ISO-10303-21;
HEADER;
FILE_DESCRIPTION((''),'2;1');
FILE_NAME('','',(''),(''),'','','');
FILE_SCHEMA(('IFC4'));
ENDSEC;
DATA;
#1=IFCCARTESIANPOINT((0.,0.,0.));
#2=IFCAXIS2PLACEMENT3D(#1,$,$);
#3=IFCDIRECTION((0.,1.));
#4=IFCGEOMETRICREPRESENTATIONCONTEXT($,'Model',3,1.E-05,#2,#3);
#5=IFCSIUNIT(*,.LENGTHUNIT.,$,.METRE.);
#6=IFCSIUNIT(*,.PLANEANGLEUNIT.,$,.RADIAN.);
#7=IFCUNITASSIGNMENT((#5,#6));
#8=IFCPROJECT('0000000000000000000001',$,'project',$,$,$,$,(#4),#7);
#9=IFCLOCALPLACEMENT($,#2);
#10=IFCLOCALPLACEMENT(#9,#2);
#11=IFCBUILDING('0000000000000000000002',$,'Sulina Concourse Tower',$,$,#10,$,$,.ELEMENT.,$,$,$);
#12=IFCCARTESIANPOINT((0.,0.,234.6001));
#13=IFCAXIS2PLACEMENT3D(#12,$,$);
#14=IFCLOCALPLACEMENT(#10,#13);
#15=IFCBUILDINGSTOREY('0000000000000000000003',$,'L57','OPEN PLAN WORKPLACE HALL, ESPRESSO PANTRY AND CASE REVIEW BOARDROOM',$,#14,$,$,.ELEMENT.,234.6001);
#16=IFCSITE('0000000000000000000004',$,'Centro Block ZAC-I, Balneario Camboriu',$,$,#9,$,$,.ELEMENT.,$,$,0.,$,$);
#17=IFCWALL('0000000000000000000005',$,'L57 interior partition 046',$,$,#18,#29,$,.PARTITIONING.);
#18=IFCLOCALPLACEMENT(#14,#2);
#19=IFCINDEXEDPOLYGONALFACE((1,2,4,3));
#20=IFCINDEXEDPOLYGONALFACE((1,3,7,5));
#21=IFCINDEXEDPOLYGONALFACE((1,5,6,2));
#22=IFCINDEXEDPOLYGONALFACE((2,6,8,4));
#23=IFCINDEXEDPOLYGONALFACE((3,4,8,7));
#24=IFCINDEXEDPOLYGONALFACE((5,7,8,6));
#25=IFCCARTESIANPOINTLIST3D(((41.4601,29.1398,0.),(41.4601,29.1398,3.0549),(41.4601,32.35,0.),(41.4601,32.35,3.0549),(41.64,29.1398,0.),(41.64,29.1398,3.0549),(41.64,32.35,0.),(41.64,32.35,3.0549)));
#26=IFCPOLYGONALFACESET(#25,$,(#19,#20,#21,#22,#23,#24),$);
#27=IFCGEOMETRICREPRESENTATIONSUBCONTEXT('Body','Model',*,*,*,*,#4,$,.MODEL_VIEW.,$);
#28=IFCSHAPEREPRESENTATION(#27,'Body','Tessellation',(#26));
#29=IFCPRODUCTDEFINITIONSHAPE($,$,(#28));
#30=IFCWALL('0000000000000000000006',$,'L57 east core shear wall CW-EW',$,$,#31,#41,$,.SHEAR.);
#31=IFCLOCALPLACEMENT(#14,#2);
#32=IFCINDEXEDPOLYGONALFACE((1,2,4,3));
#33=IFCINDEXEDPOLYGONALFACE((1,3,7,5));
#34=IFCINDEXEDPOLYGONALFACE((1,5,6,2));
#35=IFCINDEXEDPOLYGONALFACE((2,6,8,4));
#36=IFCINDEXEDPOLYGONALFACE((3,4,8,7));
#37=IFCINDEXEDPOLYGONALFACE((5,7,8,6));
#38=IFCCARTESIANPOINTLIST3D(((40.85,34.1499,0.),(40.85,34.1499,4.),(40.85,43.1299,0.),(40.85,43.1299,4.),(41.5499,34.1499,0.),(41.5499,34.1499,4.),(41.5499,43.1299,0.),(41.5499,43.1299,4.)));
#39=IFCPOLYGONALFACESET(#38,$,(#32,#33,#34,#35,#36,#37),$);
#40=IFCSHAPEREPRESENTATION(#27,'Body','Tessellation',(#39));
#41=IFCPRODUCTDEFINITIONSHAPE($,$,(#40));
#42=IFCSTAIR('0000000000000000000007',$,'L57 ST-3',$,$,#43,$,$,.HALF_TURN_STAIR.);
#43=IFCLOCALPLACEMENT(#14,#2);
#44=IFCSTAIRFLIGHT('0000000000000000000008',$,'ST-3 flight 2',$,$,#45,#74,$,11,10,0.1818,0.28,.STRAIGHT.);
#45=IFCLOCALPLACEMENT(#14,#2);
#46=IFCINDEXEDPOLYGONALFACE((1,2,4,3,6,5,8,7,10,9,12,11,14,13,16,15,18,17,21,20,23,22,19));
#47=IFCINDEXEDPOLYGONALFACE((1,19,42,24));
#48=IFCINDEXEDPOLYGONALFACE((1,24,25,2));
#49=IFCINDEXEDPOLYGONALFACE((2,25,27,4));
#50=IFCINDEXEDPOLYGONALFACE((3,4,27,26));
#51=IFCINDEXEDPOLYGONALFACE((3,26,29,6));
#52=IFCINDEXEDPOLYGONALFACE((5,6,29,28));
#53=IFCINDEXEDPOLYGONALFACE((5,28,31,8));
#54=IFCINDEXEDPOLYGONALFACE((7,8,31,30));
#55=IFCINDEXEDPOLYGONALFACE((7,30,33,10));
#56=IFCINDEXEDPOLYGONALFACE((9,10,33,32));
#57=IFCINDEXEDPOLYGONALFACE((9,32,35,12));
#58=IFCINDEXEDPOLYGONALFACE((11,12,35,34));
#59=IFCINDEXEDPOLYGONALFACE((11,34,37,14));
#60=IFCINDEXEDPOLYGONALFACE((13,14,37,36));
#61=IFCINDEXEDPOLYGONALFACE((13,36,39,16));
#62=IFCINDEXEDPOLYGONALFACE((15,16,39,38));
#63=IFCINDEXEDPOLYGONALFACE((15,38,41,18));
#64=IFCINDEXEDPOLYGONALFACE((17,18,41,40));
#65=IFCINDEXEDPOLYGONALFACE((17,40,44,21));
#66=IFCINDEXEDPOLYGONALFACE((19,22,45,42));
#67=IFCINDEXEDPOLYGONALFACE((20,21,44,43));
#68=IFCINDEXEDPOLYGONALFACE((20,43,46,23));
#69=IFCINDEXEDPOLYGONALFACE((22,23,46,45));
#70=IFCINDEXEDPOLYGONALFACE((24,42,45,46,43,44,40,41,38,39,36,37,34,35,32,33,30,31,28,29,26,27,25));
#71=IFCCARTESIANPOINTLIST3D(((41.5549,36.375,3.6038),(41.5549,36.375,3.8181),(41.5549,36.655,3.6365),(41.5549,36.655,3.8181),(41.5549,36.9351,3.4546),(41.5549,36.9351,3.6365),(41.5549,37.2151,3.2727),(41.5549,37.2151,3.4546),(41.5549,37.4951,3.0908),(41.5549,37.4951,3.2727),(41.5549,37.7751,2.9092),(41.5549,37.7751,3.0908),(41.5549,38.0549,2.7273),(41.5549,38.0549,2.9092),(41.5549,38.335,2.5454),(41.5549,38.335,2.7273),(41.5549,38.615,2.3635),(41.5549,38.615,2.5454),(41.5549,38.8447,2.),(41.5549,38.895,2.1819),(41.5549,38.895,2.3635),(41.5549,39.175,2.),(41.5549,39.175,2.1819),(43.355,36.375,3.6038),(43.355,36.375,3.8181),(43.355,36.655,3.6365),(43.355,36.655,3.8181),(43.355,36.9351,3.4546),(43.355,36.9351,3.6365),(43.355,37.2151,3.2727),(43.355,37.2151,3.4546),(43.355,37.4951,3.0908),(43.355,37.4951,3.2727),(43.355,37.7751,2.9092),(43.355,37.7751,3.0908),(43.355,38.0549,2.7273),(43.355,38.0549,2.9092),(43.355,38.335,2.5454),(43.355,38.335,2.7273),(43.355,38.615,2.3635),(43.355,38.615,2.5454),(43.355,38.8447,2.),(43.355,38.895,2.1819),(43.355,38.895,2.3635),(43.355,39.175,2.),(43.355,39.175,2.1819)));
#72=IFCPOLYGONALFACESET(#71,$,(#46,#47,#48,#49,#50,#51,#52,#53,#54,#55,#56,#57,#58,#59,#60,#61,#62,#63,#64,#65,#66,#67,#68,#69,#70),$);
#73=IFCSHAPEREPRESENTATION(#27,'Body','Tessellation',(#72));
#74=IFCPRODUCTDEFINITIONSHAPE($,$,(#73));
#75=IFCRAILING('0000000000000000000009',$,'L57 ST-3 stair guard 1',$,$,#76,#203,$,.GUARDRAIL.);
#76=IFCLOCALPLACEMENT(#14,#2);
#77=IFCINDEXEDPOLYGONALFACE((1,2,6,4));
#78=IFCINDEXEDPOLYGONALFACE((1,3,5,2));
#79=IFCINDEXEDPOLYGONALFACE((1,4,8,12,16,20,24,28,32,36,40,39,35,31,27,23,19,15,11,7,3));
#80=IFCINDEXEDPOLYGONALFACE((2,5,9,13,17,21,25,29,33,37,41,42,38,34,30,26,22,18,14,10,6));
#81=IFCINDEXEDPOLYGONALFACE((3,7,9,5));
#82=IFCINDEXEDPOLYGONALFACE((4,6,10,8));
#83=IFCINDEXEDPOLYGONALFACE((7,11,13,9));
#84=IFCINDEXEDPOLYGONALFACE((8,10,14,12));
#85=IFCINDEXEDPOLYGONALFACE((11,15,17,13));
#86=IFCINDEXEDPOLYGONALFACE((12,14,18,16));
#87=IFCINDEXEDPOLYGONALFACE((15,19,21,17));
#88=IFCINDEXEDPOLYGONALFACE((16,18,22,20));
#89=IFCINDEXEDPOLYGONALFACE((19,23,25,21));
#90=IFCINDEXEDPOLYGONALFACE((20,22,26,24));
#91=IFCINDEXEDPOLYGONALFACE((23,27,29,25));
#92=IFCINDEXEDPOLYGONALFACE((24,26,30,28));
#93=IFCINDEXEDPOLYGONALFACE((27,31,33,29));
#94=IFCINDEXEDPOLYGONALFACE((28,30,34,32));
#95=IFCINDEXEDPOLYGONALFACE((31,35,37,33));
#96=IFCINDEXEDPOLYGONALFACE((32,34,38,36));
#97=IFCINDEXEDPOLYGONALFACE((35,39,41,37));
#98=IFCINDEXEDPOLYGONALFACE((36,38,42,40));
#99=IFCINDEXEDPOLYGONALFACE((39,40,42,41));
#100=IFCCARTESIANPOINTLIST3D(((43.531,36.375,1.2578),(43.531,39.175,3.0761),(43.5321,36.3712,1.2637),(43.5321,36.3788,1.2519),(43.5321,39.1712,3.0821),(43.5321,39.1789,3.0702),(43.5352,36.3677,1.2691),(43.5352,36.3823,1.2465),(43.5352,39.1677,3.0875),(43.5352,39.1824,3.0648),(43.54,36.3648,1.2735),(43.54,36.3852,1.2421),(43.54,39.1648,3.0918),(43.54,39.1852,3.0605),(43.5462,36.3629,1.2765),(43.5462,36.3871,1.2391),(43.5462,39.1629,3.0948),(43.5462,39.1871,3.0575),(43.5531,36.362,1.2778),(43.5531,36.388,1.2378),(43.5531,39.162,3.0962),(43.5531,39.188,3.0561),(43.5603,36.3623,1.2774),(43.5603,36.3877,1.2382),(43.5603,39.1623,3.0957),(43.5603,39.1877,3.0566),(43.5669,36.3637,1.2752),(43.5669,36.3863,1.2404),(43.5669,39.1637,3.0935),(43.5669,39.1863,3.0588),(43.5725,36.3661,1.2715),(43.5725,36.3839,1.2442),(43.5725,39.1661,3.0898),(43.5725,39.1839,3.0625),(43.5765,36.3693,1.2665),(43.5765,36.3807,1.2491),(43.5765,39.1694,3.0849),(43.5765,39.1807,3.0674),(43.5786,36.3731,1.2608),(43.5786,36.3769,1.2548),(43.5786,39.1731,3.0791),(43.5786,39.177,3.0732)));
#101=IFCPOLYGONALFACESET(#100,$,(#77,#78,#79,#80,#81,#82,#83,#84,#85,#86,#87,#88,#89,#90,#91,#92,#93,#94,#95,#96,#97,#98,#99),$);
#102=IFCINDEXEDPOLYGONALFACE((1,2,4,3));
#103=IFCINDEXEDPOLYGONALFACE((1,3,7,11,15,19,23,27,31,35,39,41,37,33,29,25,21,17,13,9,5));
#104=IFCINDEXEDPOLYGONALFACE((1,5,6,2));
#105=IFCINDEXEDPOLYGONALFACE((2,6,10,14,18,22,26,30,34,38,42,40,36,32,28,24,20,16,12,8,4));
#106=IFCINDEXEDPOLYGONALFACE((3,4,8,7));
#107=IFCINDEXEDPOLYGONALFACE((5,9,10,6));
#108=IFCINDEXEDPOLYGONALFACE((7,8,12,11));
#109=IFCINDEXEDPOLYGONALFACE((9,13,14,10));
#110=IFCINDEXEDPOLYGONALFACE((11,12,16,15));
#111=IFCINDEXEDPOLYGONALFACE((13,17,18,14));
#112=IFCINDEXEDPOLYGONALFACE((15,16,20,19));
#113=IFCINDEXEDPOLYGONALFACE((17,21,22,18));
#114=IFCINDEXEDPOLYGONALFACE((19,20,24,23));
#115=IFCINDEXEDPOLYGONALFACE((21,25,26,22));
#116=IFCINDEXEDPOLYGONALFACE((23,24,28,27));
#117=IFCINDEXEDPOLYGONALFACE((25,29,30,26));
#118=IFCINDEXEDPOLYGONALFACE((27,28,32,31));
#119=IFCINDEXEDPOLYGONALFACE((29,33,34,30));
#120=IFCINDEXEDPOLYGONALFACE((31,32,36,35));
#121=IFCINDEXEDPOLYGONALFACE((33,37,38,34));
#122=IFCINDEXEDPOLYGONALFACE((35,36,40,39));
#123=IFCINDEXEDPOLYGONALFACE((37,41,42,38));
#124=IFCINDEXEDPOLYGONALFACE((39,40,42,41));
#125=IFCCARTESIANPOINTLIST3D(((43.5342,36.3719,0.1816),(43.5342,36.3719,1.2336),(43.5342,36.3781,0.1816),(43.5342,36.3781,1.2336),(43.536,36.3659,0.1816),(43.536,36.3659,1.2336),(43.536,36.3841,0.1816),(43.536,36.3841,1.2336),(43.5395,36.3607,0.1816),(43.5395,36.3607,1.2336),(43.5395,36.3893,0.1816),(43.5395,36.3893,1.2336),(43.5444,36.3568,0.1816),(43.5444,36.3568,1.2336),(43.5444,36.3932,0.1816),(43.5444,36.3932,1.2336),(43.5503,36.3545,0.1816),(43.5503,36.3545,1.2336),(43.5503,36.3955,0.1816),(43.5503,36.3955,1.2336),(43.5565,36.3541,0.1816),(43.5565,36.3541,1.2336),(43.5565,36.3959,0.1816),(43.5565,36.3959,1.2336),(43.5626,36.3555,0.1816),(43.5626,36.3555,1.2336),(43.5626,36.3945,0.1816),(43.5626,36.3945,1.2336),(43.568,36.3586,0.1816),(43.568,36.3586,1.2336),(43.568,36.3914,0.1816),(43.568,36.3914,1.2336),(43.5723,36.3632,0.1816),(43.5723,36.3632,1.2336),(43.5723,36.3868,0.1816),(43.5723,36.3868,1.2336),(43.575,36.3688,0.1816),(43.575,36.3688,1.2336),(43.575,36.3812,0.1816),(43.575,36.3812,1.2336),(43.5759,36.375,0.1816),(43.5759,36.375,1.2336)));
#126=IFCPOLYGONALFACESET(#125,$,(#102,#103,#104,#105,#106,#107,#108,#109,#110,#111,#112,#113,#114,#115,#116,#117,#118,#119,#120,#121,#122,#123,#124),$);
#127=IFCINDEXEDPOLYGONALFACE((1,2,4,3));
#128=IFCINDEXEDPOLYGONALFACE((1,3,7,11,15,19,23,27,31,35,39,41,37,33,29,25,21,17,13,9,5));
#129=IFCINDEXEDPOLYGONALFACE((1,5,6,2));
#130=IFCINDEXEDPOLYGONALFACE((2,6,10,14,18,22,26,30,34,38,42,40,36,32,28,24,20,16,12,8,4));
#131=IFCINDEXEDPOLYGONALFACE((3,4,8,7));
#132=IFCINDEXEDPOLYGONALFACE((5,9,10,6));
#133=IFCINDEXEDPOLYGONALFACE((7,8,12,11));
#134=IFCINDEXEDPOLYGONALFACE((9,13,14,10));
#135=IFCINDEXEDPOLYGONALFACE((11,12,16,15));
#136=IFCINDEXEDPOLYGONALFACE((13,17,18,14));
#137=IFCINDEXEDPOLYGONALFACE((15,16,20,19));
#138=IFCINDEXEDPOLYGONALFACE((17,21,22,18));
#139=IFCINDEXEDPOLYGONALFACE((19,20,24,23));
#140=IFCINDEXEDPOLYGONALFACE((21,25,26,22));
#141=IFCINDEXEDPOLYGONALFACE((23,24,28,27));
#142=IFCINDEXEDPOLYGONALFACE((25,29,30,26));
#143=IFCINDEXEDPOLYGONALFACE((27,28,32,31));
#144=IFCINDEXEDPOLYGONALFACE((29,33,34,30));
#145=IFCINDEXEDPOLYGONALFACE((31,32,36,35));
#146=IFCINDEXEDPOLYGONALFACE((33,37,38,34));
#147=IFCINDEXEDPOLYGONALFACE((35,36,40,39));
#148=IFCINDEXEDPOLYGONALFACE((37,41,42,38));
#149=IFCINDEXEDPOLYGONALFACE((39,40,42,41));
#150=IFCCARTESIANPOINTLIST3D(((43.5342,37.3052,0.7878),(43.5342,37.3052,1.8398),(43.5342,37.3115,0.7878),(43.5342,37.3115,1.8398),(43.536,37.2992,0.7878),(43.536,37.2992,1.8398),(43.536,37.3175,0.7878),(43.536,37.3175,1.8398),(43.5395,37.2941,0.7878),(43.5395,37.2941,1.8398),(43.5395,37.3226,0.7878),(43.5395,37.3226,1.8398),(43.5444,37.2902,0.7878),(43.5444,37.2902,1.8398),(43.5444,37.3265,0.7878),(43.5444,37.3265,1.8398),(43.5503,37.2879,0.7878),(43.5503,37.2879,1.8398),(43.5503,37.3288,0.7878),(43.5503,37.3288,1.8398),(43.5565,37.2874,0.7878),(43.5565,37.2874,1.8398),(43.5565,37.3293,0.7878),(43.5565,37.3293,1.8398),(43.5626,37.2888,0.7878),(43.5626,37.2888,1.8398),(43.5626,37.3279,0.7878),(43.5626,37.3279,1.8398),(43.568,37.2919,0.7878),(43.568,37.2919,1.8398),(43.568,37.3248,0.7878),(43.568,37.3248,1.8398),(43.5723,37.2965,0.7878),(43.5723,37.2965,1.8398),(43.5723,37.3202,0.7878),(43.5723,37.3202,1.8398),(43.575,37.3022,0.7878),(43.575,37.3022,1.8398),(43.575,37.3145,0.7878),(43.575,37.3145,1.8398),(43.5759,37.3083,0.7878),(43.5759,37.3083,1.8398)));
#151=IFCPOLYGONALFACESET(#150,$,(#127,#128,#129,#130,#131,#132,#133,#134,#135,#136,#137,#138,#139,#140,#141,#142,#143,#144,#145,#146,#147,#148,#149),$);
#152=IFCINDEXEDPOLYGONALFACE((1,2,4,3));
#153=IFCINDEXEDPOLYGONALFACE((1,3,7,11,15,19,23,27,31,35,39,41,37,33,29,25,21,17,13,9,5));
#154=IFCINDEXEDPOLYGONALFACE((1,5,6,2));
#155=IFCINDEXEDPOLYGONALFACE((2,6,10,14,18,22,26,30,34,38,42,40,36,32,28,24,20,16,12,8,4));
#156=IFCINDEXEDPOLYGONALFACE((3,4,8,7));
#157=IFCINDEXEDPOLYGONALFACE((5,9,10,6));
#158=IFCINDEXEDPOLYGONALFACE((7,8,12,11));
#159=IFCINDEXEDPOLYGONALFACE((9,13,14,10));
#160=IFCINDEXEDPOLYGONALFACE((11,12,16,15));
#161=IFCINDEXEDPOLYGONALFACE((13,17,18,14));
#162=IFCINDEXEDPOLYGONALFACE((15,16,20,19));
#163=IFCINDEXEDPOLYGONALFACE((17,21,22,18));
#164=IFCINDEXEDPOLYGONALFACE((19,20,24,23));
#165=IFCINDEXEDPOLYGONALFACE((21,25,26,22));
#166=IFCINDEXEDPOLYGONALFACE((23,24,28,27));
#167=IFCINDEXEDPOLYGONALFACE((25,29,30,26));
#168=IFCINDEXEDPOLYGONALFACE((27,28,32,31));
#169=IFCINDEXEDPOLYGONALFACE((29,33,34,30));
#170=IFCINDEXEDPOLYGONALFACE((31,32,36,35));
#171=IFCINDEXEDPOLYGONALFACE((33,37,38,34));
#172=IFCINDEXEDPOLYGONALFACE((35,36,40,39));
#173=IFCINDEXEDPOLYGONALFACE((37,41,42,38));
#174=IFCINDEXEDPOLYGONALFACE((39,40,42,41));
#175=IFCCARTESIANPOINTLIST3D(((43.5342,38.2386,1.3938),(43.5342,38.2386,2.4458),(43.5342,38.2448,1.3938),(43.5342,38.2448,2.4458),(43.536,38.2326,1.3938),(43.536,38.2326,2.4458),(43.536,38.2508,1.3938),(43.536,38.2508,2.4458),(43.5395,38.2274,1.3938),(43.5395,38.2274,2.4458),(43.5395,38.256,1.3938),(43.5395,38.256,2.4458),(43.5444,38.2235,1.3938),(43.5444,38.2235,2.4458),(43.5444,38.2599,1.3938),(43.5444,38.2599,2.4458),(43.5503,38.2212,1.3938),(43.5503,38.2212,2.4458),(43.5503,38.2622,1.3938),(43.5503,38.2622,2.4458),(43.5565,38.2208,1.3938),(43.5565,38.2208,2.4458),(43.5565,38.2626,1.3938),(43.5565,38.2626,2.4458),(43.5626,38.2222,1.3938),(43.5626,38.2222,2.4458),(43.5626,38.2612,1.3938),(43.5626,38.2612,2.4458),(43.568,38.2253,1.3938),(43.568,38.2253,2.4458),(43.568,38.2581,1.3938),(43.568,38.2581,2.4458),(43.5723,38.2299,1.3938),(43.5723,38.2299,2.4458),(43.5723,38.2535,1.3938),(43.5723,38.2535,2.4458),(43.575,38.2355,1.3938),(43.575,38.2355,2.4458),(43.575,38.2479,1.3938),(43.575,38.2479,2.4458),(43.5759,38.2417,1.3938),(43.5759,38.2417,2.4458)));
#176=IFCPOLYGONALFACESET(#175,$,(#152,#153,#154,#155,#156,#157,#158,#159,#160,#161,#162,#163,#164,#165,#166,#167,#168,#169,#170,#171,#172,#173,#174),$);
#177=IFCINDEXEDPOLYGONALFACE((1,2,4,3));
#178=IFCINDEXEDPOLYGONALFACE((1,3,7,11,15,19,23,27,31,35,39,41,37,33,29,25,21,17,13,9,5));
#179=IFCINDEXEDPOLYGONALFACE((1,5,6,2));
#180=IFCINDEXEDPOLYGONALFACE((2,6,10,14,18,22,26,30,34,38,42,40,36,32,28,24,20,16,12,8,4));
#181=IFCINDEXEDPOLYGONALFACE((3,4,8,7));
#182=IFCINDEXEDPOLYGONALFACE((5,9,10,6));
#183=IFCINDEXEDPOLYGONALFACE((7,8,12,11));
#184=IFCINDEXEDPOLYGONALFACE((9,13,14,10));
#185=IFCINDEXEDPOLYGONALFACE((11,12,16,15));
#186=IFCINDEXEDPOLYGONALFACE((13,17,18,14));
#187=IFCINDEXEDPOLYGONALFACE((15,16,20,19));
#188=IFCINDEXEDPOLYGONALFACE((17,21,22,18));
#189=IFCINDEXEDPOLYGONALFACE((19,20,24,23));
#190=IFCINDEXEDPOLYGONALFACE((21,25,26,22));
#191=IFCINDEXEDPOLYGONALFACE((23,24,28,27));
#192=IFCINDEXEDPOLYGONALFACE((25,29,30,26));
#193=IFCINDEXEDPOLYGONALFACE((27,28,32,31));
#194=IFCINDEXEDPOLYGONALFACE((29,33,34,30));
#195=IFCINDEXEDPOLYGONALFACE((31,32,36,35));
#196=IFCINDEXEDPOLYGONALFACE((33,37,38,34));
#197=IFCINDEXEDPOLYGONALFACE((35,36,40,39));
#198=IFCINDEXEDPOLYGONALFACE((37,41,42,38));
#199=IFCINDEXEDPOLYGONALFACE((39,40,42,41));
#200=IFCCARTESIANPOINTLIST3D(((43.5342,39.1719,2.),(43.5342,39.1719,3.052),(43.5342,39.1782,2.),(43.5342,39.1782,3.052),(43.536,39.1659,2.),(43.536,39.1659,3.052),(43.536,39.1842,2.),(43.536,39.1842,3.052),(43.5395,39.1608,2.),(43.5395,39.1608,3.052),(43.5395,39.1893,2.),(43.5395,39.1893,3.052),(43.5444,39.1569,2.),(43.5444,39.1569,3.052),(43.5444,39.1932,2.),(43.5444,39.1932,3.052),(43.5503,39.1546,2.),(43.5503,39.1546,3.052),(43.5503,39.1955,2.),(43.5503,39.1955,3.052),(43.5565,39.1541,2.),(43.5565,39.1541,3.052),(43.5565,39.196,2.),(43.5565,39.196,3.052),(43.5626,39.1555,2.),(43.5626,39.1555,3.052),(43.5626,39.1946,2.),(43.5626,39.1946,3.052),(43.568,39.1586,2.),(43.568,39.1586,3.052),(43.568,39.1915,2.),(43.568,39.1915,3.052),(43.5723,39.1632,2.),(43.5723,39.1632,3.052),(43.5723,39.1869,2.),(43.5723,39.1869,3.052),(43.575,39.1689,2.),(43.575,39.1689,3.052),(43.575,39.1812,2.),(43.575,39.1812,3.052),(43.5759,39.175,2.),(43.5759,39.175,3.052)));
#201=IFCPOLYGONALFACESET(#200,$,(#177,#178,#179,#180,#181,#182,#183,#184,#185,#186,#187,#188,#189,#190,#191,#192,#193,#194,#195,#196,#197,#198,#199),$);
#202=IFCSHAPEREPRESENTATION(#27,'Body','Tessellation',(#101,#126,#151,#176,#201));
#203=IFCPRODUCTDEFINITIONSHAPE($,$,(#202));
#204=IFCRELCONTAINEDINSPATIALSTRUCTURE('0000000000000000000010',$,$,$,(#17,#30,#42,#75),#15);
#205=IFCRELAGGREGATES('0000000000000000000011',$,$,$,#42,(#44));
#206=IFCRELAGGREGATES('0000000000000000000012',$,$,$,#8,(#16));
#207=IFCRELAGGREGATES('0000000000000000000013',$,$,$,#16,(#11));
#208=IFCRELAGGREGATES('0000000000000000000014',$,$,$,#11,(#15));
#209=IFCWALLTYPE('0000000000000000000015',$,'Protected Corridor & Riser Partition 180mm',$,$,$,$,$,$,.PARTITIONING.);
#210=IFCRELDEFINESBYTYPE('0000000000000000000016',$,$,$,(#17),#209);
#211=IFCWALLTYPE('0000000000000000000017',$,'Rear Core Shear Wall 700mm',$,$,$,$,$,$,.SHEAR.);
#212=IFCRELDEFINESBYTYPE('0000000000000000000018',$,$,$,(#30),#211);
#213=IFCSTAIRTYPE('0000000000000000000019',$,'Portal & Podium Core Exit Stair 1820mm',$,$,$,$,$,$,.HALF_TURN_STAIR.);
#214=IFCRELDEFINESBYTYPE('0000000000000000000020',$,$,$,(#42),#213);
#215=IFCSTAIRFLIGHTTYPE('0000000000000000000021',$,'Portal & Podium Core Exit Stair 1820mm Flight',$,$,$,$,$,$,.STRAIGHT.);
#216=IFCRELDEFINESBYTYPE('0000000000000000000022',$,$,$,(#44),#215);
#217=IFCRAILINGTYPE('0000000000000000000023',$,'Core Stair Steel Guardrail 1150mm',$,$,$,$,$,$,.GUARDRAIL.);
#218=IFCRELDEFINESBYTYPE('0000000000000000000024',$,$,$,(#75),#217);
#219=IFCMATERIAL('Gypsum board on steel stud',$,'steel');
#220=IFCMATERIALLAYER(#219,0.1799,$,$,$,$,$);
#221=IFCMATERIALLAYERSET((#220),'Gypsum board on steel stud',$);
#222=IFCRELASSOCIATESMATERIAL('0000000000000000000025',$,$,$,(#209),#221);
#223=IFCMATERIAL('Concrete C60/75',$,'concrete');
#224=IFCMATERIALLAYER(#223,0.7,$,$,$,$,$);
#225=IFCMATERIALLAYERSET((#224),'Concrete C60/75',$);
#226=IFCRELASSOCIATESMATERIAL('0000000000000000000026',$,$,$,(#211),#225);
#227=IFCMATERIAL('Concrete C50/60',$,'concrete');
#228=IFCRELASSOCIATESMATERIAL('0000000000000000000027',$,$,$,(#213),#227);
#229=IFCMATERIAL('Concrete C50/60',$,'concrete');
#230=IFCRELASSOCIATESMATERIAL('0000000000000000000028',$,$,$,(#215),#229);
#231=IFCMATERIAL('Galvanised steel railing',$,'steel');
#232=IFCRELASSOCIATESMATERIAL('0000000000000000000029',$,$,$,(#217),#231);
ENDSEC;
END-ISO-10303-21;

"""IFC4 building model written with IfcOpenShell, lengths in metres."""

from ifc_helpers import new_model, si_unit, direction, frame, frame_2d, origin, origin_2d, place, context, subcontext, project, spatial, polyline, rectangle, circle, outline, extrude, material, layer, layer_set, type_object, element, aggregate, save


model = new_model("IFC4")

# Units and contexts
model_context = context("Model", 3, precision=1e-05, world=origin(), true_north=direction((0.0, 1.0)))
body_context = subcontext(model_context, "Body", "Model", "MODEL_VIEW")
ifc_project = project(units=[si_unit("LENGTHUNIT", "METRE"), si_unit("PLANEANGLEUNIT", "RADIAN")], contexts=[model_context])

# Site, building, storey
site_placement = place(None, origin())
site = spatial("IfcSite", under=ifc_project, at=site_placement, Name="Centro Block ZAC-I, Balneario Camboriu", CompositionType="ELEMENT", RefElevation=0.0)
building_placement = place(site_placement, origin())
building = spatial("IfcBuilding", under=site, at=building_placement, Name="Sulina Concourse Tower", CompositionType="ELEMENT")
storey_placement = place(building_placement, frame((0.0, 0.0, 234.6001)))
storey = spatial("IfcBuildingStorey", under=building, at=storey_placement, Name="L57", Description="OPEN PLAN WORKPLACE HALL, ESPRESSO PANTRY AND CASE REVIEW BOARDROOM", CompositionType="ELEMENT", Elevation=234.6001)

# Walls
ifc_material_1 = material(Name="Gypsum board on steel stud", Category="steel")
ifc_layer_1 = layer(ifc_material_1, 0.1799)
ifc_layer_set_1 = layer_set([ifc_layer_1], Name="Gypsum board on steel stud")
wall_type_1 = type_object("IfcWallType", Name="Protected Corridor & Riser Partition 180mm", PredefinedType="PARTITIONING", material=ifc_layer_set_1)
wall_1_placement = place(storey_placement, frame((41.55, 29.1399, 0.0), z_axis=(0.0, 0.0, 1.0), x_axis=(0.0, 1.0, 0.0)))
element("IfcWall", 1, at=wall_1_placement, inside=storey, type_object=wall_type_1, Name="L57 interior partition 046", PredefinedType="PARTITIONING", context=body_context, shape_type="SweptSolid", body=[
    extrude(rectangle(XDim=3.2102, YDim=0.1799, at=frame_2d((1.605, 0.0))), origin(), (0.0, 0.0, 1.0), 3.0549),
])
ifc_material_2 = material(Name="Concrete C60/75", Category="concrete")
ifc_layer_2 = layer(ifc_material_2, 0.7)
ifc_layer_set_2 = layer_set([ifc_layer_2], Name="Concrete C60/75")
wall_type_2 = type_object("IfcWallType", Name="Rear Core Shear Wall 700mm", PredefinedType="SHEAR", material=ifc_layer_set_2)
wall_2_placement = place(storey_placement, frame((41.2, 34.1499, 0.0), z_axis=(0.0, 0.0, 1.0), x_axis=(0.0, 1.0, 0.0)))
element("IfcWall", 2, at=wall_2_placement, inside=storey, type_object=wall_type_2, Name="L57 east core shear wall CW-EW", PredefinedType="SHEAR", context=body_context, shape_type="SweptSolid", body=[
    extrude(rectangle(XDim=8.98, YDim=0.7, at=frame_2d((4.49, 0.0))), origin(), (0.0, 0.0, 1.0), 4.0),
])

# Stair, stair flight
ifc_material_3 = material(Name="Concrete C50/60", Category="concrete")
stair_type = type_object("IfcStairType", Name="Portal & Podium Core Exit Stair 1820mm", PredefinedType="HALF_TURN_STAIR", material=ifc_material_3)
stair_placement = place(storey_placement, origin())
stair = element("IfcStair", 3, at=stair_placement, inside=storey, type_object=stair_type, Name="L57 ST-3", PredefinedType="HALF_TURN_STAIR")
ifc_material_4 = material(Name="Concrete C50/60", Category="concrete")
stair_flight_type = type_object("IfcStairFlightType", Name="Portal & Podium Core Exit Stair 1820mm Flight", PredefinedType="STRAIGHT", material=ifc_material_4)
stair_flight_placement = place(storey_placement, frame((42.4551, 39.175, 2.0), z_axis=(0.0, 0.0, 1.0), x_axis=(0.0, -1.0, 0.0)))
stair_flight = element("IfcStairFlight", 4, at=stair_flight_placement, type_object=stair_flight_type, Name="ST-3 flight 2", NumberOfRisers=11, NumberOfTreads=10, PredefinedType="STRAIGHT", RiserHeight=0.1818, TreadLength=0.28, context=body_context, shape_type="SweptSolid", body=[
    extrude(outline(polyline([(0.0, 0.0), (0.0, 0.1819), (0.28, 0.1819), (0.28, 0.3635), (0.5601, 0.3635), (0.5601, 0.5454), (0.8401, 0.5454), (0.8401, 0.7273), (1.1201, 0.7273), (1.1201, 0.9092), (1.3999, 0.9092), (1.3999, 1.0908), (1.6799, 1.0908), (1.6799, 1.2727), (1.96, 1.2727), (1.96, 1.4546), (2.24, 1.4546), (2.24, 1.6365), (2.52, 1.6365), (2.52, 1.8181), (2.8, 1.8181), (2.8, 2.0), (2.8, 1.6038), (0.3303, 0.0), (0.0, 0.0)])), frame((0.0, 0.8999, 0.0), z_axis=(0.0, -1.0, 0.0), x_axis=(1.0, 0.0, 0.0)), (0.0, 0.0, 1.0), 1.8),
])
aggregate(stair, [stair_flight])

# Railing
ifc_material_5 = material(Name="Galvanised steel railing", Category="steel")
railing_type_1 = type_object("IfcRailingType", Name="Core Stair Steel Guardrail 1150mm", PredefinedType="GUARDRAIL", material=ifc_material_5)
railing_1_placement = place(storey_placement, frame((43.5549, 36.375, 0.1816)))
element("IfcRailing", 5, at=railing_1_placement, inside=storey, type_object=railing_type_1, Name="L57 ST-3 stair guard 1", PredefinedType="GUARDRAIL", context=body_context, shape_type="SweptSolid", body=[
    extrude(circle(Radius=0.0239, at=origin_2d()), frame((0.0, 0.0, 1.0762), z_axis=(0.0, 0.838672, 0.544636), x_axis=(-1.0, 0.0, 0.0)), (0.0, 0.0, 1.0), 3.3386),
    extrude(circle(Radius=0.021, at=origin_2d()), origin(), (0.0, 0.0, 1.0), 1.052),
    extrude(circle(Radius=0.021, at=origin_2d()), frame((0.0, 0.9333, 0.6062)), (0.0, 0.0, 1.0), 1.052),
    extrude(circle(Radius=0.021, at=origin_2d()), frame((0.0, 1.8667, 1.2122)), (0.0, 0.0, 1.0), 1.052),
    extrude(circle(Radius=0.021, at=origin_2d()), frame((0.0, 2.8, 1.8184)), (0.0, 0.0, 1.0), 1.052),
])

save(model, "model.ifc")
